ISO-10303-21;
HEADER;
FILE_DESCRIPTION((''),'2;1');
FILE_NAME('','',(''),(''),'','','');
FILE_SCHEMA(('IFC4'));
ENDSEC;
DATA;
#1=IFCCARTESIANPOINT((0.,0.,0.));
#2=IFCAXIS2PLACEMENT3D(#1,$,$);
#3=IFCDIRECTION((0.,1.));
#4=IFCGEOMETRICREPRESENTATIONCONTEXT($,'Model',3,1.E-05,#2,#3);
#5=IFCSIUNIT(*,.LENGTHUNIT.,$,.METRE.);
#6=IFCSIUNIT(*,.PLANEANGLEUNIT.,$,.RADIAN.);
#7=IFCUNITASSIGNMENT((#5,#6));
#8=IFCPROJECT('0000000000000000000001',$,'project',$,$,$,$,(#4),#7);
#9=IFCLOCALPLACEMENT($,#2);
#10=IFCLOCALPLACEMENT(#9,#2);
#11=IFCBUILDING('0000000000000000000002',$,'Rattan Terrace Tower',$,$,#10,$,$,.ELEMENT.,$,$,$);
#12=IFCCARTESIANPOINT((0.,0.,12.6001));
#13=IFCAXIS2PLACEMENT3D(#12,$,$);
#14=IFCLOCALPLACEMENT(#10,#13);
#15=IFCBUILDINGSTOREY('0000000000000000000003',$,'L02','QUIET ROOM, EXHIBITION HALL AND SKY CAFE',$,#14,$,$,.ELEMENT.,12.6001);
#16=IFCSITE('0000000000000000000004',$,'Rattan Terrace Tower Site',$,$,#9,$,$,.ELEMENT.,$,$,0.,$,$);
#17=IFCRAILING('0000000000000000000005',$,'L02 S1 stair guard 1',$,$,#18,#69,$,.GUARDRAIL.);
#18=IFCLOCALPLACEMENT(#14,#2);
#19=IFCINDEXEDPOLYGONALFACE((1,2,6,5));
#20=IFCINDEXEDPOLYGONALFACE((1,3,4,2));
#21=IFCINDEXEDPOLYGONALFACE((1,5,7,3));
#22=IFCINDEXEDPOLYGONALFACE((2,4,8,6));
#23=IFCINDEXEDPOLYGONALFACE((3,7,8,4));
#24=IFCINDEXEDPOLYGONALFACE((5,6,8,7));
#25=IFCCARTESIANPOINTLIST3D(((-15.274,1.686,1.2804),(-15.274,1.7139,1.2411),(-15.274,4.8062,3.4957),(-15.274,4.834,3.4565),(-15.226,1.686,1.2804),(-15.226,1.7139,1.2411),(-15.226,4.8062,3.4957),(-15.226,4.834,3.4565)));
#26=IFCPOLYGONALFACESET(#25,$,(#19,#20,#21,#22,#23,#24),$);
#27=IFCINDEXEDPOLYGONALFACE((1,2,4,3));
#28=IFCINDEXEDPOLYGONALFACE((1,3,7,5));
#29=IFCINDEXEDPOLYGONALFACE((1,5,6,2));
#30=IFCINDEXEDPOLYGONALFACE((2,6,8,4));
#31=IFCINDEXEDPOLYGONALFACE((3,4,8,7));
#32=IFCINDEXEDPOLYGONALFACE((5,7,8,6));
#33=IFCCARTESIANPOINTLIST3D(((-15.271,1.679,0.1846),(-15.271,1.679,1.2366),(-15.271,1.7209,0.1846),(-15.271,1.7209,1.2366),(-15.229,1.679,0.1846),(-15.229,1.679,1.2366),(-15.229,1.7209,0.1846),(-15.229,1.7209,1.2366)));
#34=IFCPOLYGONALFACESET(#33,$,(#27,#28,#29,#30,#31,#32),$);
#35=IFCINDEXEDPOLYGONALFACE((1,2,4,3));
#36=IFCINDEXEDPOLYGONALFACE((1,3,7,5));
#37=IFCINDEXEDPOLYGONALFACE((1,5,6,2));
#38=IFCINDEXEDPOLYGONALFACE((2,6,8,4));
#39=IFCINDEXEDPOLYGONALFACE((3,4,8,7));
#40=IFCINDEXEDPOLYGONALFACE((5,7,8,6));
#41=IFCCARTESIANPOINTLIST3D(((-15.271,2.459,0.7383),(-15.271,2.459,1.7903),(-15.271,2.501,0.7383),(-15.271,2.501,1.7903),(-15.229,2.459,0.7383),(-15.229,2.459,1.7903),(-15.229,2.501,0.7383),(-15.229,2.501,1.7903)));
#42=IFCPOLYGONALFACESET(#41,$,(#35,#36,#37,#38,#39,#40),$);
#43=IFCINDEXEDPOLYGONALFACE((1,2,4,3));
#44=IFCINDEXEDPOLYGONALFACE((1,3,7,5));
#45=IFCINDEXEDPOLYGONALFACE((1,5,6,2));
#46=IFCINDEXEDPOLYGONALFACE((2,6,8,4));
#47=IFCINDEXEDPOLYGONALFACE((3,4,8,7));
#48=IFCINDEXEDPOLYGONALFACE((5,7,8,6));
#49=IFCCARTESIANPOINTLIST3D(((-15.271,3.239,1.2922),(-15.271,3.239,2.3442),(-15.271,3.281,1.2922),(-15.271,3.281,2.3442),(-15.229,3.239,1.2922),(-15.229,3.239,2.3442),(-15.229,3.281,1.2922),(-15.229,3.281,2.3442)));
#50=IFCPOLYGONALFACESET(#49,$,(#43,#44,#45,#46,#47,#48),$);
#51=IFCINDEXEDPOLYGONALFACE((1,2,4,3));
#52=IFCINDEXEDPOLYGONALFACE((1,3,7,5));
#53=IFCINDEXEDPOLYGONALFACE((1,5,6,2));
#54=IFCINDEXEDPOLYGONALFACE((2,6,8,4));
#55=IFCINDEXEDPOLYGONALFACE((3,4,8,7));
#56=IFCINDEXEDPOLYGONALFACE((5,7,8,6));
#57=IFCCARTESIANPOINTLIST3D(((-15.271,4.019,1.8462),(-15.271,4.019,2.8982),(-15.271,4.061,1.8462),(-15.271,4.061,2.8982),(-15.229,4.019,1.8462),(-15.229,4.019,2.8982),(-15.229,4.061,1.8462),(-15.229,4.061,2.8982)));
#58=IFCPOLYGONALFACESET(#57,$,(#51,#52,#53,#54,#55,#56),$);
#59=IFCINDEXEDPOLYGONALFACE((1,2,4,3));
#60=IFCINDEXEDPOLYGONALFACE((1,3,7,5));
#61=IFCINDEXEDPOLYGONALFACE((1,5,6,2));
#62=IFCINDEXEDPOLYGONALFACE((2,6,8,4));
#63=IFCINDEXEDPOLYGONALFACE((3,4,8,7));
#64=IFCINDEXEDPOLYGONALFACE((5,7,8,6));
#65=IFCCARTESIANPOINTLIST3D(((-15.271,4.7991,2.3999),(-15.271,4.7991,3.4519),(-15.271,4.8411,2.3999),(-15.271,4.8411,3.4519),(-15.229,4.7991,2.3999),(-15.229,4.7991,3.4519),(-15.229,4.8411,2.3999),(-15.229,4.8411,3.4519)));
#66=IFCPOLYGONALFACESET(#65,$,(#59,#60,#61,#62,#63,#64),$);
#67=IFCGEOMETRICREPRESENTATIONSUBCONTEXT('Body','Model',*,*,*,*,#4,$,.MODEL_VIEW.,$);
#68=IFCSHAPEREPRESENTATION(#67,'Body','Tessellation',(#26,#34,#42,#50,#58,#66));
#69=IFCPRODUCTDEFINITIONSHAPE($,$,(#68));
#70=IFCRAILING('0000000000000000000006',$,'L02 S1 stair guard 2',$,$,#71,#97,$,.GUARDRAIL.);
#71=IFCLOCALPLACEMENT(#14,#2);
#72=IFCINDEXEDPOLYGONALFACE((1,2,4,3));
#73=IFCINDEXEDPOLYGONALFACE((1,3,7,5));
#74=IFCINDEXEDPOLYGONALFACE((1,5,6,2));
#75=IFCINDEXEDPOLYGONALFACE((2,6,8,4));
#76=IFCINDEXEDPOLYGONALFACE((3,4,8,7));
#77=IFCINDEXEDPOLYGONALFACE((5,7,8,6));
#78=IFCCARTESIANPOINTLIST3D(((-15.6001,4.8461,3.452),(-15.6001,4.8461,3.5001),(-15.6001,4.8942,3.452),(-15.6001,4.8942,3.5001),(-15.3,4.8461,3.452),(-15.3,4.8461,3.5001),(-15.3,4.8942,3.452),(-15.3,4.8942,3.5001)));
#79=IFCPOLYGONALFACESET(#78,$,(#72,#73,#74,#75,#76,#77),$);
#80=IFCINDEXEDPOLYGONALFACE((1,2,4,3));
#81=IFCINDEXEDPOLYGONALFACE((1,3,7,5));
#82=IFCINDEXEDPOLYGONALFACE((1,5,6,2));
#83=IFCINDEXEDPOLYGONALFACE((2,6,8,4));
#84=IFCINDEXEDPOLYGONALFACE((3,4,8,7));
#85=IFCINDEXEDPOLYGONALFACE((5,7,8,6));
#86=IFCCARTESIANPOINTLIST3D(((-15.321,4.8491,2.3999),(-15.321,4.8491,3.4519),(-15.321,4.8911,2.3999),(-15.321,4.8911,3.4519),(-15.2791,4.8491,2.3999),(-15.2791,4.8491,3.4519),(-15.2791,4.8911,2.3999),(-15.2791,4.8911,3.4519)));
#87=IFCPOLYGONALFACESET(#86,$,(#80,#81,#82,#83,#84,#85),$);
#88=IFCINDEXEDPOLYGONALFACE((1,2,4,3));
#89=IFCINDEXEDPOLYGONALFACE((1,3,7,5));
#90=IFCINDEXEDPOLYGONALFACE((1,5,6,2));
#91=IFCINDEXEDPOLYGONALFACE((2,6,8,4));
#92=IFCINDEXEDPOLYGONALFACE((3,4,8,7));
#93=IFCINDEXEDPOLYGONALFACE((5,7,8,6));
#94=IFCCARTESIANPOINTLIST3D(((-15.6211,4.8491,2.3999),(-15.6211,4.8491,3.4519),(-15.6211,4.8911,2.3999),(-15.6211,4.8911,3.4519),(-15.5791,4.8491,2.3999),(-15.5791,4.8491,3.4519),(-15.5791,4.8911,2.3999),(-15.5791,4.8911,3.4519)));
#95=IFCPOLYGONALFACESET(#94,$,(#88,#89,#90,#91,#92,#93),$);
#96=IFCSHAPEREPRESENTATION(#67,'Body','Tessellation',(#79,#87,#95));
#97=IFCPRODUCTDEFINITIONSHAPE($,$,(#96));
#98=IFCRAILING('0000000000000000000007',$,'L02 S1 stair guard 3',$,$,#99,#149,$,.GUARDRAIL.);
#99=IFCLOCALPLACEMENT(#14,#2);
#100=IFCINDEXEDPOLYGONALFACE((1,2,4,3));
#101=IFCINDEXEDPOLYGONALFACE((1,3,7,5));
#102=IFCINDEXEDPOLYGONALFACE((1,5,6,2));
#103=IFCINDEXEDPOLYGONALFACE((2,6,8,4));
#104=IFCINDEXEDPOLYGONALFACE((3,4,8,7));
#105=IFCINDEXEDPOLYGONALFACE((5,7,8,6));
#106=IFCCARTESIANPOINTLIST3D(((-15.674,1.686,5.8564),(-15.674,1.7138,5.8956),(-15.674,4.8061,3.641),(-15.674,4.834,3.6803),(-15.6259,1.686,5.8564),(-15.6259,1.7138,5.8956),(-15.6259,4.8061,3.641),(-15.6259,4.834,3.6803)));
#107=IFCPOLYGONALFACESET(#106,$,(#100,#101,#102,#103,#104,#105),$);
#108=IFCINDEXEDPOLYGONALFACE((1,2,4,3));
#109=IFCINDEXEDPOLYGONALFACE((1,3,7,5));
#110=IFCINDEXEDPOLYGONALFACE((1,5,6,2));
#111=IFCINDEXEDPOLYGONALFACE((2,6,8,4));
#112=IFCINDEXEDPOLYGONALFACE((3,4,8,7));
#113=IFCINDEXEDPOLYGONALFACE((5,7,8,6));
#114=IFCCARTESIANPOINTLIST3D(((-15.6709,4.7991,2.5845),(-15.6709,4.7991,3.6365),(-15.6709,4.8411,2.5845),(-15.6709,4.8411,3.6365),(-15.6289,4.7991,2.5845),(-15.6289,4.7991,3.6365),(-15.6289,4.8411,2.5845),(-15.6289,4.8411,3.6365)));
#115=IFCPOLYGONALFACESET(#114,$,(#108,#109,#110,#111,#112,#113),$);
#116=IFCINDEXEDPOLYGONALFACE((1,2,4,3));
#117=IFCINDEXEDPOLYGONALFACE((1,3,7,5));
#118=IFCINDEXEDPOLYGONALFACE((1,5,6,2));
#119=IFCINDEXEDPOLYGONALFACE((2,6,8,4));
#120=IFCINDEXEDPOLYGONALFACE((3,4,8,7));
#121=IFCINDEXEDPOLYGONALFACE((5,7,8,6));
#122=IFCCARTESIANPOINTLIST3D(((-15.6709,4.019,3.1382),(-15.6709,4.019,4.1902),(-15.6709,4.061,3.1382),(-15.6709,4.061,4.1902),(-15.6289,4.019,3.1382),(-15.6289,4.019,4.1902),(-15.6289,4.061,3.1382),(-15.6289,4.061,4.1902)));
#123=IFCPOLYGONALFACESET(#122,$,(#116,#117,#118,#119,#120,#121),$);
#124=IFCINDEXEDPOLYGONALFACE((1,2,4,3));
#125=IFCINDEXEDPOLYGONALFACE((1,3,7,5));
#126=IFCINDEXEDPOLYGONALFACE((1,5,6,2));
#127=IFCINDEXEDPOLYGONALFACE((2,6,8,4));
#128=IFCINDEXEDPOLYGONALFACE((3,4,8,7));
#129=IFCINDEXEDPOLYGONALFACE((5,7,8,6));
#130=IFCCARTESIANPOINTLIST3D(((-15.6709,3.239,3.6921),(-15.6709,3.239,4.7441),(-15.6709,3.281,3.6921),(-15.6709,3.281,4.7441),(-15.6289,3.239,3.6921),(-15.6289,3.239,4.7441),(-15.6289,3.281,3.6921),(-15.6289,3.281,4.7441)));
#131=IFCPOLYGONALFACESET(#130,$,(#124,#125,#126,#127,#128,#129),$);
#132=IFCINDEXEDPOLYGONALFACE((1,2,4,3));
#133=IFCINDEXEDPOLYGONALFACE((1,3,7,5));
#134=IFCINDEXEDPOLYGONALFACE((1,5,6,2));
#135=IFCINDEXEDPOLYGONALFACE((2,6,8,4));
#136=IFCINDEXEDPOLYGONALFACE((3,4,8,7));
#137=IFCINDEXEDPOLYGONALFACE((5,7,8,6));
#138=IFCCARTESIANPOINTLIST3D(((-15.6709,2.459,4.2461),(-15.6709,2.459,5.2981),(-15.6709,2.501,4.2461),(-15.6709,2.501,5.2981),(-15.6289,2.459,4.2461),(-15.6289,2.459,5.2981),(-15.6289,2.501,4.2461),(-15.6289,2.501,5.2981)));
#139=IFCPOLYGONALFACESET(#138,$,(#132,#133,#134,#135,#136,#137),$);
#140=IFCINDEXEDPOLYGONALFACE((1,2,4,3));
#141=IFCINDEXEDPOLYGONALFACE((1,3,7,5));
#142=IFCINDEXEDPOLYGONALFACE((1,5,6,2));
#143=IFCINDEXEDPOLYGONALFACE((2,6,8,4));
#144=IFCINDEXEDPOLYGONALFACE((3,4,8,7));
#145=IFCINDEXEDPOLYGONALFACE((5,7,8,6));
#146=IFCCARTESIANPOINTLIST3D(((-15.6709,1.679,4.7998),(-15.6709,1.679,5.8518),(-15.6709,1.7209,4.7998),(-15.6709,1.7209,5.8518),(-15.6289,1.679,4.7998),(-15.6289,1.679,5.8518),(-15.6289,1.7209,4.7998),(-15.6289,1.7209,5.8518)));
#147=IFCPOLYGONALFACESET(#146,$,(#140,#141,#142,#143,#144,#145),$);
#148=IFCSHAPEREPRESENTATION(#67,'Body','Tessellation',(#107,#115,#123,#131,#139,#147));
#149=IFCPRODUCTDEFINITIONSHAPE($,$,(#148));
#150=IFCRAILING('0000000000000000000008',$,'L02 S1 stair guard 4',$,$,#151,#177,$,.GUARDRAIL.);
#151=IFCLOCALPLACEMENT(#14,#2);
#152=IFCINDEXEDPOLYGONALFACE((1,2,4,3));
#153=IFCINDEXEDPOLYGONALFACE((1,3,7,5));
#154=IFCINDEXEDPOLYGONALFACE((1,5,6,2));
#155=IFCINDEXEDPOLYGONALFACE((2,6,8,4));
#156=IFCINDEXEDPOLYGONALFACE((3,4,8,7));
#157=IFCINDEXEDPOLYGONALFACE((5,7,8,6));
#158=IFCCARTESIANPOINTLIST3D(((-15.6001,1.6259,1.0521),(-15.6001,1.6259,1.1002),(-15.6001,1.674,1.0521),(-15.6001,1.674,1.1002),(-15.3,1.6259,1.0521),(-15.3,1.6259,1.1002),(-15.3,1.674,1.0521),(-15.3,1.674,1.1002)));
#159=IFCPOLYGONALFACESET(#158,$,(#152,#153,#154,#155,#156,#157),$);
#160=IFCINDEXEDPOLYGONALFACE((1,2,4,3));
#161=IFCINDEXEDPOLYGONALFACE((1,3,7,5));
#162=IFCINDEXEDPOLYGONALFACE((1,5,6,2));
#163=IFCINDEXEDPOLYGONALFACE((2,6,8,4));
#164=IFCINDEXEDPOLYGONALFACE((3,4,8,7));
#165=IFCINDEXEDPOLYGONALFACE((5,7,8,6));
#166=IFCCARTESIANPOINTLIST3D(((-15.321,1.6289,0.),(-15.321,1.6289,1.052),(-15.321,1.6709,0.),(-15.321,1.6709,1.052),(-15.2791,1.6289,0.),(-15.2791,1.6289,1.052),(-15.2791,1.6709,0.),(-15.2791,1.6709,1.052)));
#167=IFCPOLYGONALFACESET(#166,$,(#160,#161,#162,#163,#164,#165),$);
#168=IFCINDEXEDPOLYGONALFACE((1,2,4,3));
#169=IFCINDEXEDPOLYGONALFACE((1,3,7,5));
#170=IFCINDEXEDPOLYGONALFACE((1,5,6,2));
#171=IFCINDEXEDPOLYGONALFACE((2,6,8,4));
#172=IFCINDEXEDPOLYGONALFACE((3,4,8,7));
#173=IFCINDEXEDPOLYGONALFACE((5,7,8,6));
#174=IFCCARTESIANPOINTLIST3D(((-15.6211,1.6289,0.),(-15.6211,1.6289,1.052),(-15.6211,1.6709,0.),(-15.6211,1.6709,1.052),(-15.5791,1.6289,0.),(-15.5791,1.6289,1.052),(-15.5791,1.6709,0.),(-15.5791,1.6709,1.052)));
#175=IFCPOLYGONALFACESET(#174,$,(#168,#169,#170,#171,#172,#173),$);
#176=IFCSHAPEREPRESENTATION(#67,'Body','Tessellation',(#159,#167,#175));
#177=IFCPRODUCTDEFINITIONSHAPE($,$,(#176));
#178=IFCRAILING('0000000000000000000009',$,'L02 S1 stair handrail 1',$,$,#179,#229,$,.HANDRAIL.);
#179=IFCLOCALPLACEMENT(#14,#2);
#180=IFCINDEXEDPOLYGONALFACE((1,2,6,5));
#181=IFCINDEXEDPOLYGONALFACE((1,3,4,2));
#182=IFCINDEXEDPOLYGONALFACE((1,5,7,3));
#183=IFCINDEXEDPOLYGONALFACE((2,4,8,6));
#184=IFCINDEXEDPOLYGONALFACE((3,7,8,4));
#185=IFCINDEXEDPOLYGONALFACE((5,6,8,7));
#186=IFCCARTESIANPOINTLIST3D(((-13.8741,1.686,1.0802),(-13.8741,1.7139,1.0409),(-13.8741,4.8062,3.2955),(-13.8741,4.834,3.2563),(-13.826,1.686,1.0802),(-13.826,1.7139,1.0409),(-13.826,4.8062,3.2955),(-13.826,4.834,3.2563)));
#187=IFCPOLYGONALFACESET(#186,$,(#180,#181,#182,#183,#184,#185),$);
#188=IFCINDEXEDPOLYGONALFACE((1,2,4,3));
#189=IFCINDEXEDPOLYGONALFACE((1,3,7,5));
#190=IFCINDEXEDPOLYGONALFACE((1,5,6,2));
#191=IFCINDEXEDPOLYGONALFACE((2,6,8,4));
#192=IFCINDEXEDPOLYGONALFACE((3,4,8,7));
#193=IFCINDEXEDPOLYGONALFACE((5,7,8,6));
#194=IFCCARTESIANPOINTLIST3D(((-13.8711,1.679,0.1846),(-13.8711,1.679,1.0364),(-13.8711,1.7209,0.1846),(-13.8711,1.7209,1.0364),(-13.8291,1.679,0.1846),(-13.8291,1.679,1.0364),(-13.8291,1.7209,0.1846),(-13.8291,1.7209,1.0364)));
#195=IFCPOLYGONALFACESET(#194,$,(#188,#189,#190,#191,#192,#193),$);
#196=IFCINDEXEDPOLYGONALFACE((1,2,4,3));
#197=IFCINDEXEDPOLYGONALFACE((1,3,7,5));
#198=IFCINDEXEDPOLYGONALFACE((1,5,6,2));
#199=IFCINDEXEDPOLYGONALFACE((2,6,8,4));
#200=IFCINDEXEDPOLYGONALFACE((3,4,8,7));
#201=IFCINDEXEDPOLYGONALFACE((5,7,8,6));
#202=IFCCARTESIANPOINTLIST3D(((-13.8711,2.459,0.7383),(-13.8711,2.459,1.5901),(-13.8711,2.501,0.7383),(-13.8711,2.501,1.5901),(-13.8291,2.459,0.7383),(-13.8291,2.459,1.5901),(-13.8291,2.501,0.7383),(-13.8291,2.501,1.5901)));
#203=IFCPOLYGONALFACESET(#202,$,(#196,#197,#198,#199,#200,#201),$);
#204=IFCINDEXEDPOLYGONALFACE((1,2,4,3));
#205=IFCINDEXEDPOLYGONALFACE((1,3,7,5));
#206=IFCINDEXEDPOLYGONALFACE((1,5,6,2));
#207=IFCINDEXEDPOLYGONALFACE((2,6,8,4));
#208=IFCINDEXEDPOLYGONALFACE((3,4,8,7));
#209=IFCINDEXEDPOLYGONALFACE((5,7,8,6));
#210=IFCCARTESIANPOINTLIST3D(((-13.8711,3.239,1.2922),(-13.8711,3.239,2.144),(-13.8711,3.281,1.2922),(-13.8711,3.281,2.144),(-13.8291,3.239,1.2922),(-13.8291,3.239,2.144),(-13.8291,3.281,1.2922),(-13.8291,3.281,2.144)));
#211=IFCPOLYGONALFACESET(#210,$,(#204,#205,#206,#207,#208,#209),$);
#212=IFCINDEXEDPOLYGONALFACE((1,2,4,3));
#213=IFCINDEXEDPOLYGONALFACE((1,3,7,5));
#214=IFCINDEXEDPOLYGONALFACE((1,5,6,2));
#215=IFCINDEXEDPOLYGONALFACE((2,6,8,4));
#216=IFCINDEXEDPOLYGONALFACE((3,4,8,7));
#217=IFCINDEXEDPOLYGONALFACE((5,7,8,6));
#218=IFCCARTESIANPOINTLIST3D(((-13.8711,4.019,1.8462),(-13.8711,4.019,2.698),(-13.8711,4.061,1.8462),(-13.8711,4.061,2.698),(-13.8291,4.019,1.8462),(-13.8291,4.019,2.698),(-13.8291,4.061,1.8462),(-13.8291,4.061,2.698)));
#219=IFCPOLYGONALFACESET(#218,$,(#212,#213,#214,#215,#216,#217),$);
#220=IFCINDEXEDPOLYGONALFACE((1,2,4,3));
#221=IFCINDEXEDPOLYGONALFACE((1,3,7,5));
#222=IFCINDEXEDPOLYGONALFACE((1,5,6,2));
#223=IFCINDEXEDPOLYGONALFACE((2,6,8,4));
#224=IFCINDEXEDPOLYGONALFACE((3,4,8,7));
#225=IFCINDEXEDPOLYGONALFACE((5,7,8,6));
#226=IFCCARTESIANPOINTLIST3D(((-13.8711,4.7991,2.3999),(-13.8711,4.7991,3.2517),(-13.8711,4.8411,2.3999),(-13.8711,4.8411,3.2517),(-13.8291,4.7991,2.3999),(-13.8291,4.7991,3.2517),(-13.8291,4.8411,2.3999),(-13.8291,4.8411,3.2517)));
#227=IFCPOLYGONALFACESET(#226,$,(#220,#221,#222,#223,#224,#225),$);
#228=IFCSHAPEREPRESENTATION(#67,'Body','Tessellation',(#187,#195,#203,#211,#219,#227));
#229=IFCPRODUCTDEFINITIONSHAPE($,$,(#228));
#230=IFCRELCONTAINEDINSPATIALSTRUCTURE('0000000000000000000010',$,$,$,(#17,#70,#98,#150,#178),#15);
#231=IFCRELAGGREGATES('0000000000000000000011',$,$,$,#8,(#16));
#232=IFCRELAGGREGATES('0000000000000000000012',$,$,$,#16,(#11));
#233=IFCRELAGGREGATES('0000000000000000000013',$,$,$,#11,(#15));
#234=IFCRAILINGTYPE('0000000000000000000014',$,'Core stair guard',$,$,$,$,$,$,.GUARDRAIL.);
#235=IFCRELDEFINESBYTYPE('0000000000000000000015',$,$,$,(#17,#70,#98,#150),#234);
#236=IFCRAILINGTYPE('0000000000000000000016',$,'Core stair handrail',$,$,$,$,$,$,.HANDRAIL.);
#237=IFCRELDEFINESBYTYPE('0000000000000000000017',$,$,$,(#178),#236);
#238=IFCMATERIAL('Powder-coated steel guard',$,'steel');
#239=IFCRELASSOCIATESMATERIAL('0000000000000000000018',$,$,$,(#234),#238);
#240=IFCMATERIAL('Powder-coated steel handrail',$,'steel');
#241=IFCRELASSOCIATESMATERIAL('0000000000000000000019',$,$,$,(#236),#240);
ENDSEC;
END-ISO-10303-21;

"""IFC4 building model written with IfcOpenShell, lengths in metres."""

from ifc_helpers import new_model, si_unit, direction, frame, origin, origin_2d, place, context, subcontext, project, spatial, rectangle, extrude, material, type_object, element, save


model = new_model("IFC4")

# Units and contexts
model_context = context("Model", 3, precision=1e-05, world=origin(), true_north=direction((0.0, 1.0)))
body_context = subcontext(model_context, "Body", "Model", "MODEL_VIEW")
ifc_project = project(units=[si_unit("LENGTHUNIT", "METRE"), si_unit("PLANEANGLEUNIT", "RADIAN")], contexts=[model_context])

# Site, building, storey
site_placement = place(None, origin())
site = spatial("IfcSite", under=ifc_project, at=site_placement, Name="Rattan Terrace Tower Site", CompositionType="ELEMENT", RefElevation=0.0)
building_placement = place(site_placement, origin())
building = spatial("IfcBuilding", under=site, at=building_placement, Name="Rattan Terrace Tower", CompositionType="ELEMENT")
storey_placement = place(building_placement, frame((0.0, 0.0, 12.6001)))
storey = spatial("IfcBuildingStorey", under=building, at=storey_placement, Name="L02", Description="QUIET ROOM, EXHIBITION HALL AND SKY CAFE", CompositionType="ELEMENT", Elevation=12.6001)

# Railings
ifc_material_1 = material(Name="Powder-coated steel guard", Category="steel")
railing_type_1 = type_object("IfcRailingType", Name="Core stair guard", PredefinedType="GUARDRAIL", material=ifc_material_1)
railing_1_placement = place(storey_placement, frame((-15.25, 1.7, 0.1846)))
element("IfcRailing", 1, at=railing_1_placement, inside=storey, type_object=railing_type_1, Name="L02 S1 stair guard 1", PredefinedType="GUARDRAIL", context=body_context, shape_type="SweptSolid", body=[
    extrude(rectangle(XDim=0.0481, YDim=0.0481, at=origin_2d()), frame((0.0, 0.0, 1.0762), z_axis=(0.0, 0.815377, 0.57893), x_axis=(-1.0, 0.0, 0.0)), (0.0, 0.0, 1.0), 3.8267),
    extrude(rectangle(XDim=0.042, YDim=0.042, at=origin_2d()), origin(), (0.0, 0.0, 1.0), 1.052),
    extrude(rectangle(XDim=0.042, YDim=0.042, at=origin_2d()), frame((0.0, 0.78, 0.5537)), (0.0, 0.0, 1.0), 1.052),
    extrude(rectangle(XDim=0.042, YDim=0.042, at=origin_2d()), frame((0.0, 1.5601, 1.1077)), (0.0, 0.0, 1.0), 1.052),
    extrude(rectangle(XDim=0.042, YDim=0.042, at=origin_2d()), frame((0.0, 2.3401, 1.6616)), (0.0, 0.0, 1.0), 1.052),
    extrude(rectangle(XDim=0.042, YDim=0.042, at=origin_2d()), frame((0.0, 3.1201, 2.2153)), (0.0, 0.0, 1.0), 1.052),
])
railing_2_placement = place(storey_placement, frame((-15.3, 4.8701, 2.3999)))
element("IfcRailing", 2, at=railing_2_placement, inside=storey, type_object=railing_type_1, Name="L02 S1 stair guard 2", PredefinedType="GUARDRAIL", context=body_context, shape_type="SweptSolid", body=[
    extrude(rectangle(XDim=0.0481, YDim=0.0481, at=origin_2d()), frame((0.0, 0.0, 1.0762), z_axis=(-1.0, 0.0, 0.0), x_axis=(0.0, -1.0, 0.0)), (0.0, 0.0, 1.0), 0.3),
    extrude(rectangle(XDim=0.042, YDim=0.042, at=origin_2d()), origin(), (0.0, 0.0, 1.0), 1.052),
    extrude(rectangle(XDim=0.042, YDim=0.042, at=origin_2d()), frame((-0.3, 0.0, 0.0)), (0.0, 0.0, 1.0), 1.052),
])
railing_3_placement = place(storey_placement, frame((-15.6499, 4.8201, 2.5845)))
element("IfcRailing", 3, at=railing_3_placement, inside=storey, type_object=railing_type_1, Name="L02 S1 stair guard 3", PredefinedType="GUARDRAIL", context=body_context, shape_type="SweptSolid", body=[
    extrude(rectangle(XDim=0.0481, YDim=0.0481, at=origin_2d()), frame((0.0, 0.0, 1.0762), z_axis=(0.0, -0.815377, 0.57893), x_axis=(1.0, 0.0, 0.0)), (0.0, 0.0, 1.0), 3.8267),
    extrude(rectangle(XDim=0.042, YDim=0.042, at=origin_2d()), origin(), (0.0, 0.0, 1.0), 1.052),
    extrude(rectangle(XDim=0.042, YDim=0.042, at=origin_2d()), frame((0.0, -0.78, 0.5537)), (0.0, 0.0, 1.0), 1.052),
    extrude(rectangle(XDim=0.042, YDim=0.042, at=origin_2d()), frame((0.0, -1.5601, 1.1077)), (0.0, 0.0, 1.0), 1.052),
    extrude(rectangle(XDim=0.042, YDim=0.042, at=origin_2d()), frame((0.0, -2.3401, 1.6616)), (0.0, 0.0, 1.0), 1.052),
    extrude(rectangle(XDim=0.042, YDim=0.042, at=origin_2d()), frame((0.0, -3.1201, 2.2153)), (0.0, 0.0, 1.0), 1.052),
])
railing_4_placement = place(storey_placement, frame((-15.3, 1.6499, 0.0)))
element("IfcRailing", 4, at=railing_4_placement, inside=storey, type_object=railing_type_1, Name="L02 S1 stair guard 4", PredefinedType="GUARDRAIL", context=body_context, shape_type="SweptSolid", body=[
    extrude(rectangle(XDim=0.0481, YDim=0.0481, at=origin_2d()), frame((0.0, 0.0, 1.0762), z_axis=(-1.0, 0.0, 0.0), x_axis=(0.0, -1.0, 0.0)), (0.0, 0.0, 1.0), 0.3),
    extrude(rectangle(XDim=0.042, YDim=0.042, at=origin_2d()), origin(), (0.0, 0.0, 1.0), 1.052),
    extrude(rectangle(XDim=0.042, YDim=0.042, at=origin_2d()), frame((-0.3, 0.0, 0.0)), (0.0, 0.0, 1.0), 1.052),
])
ifc_material_2 = material(Name="Powder-coated steel handrail", Category="steel")
railing_type_2 = type_object("IfcRailingType", Name="Core stair handrail", PredefinedType="HANDRAIL", material=ifc_material_2)
railing_5_placement = place(storey_placement, frame((-13.8501, 1.7, 0.1846)))
element("IfcRailing", 5, at=railing_5_placement, inside=storey, type_object=railing_type_2, Name="L02 S1 stair handrail 1", PredefinedType="HANDRAIL", context=body_context, shape_type="SweptSolid", body=[
    extrude(rectangle(XDim=0.0481, YDim=0.0481, at=origin_2d()), frame((0.0, 0.0, 0.876), z_axis=(0.0, 0.815377, 0.57893), x_axis=(-1.0, 0.0, 0.0)), (0.0, 0.0, 1.0), 3.8267),
    extrude(rectangle(XDim=0.042, YDim=0.042, at=origin_2d()), origin(), (0.0, 0.0, 1.0), 0.8518),
    extrude(rectangle(XDim=0.042, YDim=0.042, at=origin_2d()), frame((0.0, 0.78, 0.5537)), (0.0, 0.0, 1.0), 0.8518),
    extrude(rectangle(XDim=0.042, YDim=0.042, at=origin_2d()), frame((0.0, 1.5601, 1.1077)), (0.0, 0.0, 1.0), 0.8518),
    extrude(rectangle(XDim=0.042, YDim=0.042, at=origin_2d()), frame((0.0, 2.3401, 1.6616)), (0.0, 0.0, 1.0), 0.8518),
    extrude(rectangle(XDim=0.042, YDim=0.042, at=origin_2d()), frame((0.0, 3.1201, 2.2153)), (0.0, 0.0, 1.0), 0.8518),
])

save(model, "model.ifc")
